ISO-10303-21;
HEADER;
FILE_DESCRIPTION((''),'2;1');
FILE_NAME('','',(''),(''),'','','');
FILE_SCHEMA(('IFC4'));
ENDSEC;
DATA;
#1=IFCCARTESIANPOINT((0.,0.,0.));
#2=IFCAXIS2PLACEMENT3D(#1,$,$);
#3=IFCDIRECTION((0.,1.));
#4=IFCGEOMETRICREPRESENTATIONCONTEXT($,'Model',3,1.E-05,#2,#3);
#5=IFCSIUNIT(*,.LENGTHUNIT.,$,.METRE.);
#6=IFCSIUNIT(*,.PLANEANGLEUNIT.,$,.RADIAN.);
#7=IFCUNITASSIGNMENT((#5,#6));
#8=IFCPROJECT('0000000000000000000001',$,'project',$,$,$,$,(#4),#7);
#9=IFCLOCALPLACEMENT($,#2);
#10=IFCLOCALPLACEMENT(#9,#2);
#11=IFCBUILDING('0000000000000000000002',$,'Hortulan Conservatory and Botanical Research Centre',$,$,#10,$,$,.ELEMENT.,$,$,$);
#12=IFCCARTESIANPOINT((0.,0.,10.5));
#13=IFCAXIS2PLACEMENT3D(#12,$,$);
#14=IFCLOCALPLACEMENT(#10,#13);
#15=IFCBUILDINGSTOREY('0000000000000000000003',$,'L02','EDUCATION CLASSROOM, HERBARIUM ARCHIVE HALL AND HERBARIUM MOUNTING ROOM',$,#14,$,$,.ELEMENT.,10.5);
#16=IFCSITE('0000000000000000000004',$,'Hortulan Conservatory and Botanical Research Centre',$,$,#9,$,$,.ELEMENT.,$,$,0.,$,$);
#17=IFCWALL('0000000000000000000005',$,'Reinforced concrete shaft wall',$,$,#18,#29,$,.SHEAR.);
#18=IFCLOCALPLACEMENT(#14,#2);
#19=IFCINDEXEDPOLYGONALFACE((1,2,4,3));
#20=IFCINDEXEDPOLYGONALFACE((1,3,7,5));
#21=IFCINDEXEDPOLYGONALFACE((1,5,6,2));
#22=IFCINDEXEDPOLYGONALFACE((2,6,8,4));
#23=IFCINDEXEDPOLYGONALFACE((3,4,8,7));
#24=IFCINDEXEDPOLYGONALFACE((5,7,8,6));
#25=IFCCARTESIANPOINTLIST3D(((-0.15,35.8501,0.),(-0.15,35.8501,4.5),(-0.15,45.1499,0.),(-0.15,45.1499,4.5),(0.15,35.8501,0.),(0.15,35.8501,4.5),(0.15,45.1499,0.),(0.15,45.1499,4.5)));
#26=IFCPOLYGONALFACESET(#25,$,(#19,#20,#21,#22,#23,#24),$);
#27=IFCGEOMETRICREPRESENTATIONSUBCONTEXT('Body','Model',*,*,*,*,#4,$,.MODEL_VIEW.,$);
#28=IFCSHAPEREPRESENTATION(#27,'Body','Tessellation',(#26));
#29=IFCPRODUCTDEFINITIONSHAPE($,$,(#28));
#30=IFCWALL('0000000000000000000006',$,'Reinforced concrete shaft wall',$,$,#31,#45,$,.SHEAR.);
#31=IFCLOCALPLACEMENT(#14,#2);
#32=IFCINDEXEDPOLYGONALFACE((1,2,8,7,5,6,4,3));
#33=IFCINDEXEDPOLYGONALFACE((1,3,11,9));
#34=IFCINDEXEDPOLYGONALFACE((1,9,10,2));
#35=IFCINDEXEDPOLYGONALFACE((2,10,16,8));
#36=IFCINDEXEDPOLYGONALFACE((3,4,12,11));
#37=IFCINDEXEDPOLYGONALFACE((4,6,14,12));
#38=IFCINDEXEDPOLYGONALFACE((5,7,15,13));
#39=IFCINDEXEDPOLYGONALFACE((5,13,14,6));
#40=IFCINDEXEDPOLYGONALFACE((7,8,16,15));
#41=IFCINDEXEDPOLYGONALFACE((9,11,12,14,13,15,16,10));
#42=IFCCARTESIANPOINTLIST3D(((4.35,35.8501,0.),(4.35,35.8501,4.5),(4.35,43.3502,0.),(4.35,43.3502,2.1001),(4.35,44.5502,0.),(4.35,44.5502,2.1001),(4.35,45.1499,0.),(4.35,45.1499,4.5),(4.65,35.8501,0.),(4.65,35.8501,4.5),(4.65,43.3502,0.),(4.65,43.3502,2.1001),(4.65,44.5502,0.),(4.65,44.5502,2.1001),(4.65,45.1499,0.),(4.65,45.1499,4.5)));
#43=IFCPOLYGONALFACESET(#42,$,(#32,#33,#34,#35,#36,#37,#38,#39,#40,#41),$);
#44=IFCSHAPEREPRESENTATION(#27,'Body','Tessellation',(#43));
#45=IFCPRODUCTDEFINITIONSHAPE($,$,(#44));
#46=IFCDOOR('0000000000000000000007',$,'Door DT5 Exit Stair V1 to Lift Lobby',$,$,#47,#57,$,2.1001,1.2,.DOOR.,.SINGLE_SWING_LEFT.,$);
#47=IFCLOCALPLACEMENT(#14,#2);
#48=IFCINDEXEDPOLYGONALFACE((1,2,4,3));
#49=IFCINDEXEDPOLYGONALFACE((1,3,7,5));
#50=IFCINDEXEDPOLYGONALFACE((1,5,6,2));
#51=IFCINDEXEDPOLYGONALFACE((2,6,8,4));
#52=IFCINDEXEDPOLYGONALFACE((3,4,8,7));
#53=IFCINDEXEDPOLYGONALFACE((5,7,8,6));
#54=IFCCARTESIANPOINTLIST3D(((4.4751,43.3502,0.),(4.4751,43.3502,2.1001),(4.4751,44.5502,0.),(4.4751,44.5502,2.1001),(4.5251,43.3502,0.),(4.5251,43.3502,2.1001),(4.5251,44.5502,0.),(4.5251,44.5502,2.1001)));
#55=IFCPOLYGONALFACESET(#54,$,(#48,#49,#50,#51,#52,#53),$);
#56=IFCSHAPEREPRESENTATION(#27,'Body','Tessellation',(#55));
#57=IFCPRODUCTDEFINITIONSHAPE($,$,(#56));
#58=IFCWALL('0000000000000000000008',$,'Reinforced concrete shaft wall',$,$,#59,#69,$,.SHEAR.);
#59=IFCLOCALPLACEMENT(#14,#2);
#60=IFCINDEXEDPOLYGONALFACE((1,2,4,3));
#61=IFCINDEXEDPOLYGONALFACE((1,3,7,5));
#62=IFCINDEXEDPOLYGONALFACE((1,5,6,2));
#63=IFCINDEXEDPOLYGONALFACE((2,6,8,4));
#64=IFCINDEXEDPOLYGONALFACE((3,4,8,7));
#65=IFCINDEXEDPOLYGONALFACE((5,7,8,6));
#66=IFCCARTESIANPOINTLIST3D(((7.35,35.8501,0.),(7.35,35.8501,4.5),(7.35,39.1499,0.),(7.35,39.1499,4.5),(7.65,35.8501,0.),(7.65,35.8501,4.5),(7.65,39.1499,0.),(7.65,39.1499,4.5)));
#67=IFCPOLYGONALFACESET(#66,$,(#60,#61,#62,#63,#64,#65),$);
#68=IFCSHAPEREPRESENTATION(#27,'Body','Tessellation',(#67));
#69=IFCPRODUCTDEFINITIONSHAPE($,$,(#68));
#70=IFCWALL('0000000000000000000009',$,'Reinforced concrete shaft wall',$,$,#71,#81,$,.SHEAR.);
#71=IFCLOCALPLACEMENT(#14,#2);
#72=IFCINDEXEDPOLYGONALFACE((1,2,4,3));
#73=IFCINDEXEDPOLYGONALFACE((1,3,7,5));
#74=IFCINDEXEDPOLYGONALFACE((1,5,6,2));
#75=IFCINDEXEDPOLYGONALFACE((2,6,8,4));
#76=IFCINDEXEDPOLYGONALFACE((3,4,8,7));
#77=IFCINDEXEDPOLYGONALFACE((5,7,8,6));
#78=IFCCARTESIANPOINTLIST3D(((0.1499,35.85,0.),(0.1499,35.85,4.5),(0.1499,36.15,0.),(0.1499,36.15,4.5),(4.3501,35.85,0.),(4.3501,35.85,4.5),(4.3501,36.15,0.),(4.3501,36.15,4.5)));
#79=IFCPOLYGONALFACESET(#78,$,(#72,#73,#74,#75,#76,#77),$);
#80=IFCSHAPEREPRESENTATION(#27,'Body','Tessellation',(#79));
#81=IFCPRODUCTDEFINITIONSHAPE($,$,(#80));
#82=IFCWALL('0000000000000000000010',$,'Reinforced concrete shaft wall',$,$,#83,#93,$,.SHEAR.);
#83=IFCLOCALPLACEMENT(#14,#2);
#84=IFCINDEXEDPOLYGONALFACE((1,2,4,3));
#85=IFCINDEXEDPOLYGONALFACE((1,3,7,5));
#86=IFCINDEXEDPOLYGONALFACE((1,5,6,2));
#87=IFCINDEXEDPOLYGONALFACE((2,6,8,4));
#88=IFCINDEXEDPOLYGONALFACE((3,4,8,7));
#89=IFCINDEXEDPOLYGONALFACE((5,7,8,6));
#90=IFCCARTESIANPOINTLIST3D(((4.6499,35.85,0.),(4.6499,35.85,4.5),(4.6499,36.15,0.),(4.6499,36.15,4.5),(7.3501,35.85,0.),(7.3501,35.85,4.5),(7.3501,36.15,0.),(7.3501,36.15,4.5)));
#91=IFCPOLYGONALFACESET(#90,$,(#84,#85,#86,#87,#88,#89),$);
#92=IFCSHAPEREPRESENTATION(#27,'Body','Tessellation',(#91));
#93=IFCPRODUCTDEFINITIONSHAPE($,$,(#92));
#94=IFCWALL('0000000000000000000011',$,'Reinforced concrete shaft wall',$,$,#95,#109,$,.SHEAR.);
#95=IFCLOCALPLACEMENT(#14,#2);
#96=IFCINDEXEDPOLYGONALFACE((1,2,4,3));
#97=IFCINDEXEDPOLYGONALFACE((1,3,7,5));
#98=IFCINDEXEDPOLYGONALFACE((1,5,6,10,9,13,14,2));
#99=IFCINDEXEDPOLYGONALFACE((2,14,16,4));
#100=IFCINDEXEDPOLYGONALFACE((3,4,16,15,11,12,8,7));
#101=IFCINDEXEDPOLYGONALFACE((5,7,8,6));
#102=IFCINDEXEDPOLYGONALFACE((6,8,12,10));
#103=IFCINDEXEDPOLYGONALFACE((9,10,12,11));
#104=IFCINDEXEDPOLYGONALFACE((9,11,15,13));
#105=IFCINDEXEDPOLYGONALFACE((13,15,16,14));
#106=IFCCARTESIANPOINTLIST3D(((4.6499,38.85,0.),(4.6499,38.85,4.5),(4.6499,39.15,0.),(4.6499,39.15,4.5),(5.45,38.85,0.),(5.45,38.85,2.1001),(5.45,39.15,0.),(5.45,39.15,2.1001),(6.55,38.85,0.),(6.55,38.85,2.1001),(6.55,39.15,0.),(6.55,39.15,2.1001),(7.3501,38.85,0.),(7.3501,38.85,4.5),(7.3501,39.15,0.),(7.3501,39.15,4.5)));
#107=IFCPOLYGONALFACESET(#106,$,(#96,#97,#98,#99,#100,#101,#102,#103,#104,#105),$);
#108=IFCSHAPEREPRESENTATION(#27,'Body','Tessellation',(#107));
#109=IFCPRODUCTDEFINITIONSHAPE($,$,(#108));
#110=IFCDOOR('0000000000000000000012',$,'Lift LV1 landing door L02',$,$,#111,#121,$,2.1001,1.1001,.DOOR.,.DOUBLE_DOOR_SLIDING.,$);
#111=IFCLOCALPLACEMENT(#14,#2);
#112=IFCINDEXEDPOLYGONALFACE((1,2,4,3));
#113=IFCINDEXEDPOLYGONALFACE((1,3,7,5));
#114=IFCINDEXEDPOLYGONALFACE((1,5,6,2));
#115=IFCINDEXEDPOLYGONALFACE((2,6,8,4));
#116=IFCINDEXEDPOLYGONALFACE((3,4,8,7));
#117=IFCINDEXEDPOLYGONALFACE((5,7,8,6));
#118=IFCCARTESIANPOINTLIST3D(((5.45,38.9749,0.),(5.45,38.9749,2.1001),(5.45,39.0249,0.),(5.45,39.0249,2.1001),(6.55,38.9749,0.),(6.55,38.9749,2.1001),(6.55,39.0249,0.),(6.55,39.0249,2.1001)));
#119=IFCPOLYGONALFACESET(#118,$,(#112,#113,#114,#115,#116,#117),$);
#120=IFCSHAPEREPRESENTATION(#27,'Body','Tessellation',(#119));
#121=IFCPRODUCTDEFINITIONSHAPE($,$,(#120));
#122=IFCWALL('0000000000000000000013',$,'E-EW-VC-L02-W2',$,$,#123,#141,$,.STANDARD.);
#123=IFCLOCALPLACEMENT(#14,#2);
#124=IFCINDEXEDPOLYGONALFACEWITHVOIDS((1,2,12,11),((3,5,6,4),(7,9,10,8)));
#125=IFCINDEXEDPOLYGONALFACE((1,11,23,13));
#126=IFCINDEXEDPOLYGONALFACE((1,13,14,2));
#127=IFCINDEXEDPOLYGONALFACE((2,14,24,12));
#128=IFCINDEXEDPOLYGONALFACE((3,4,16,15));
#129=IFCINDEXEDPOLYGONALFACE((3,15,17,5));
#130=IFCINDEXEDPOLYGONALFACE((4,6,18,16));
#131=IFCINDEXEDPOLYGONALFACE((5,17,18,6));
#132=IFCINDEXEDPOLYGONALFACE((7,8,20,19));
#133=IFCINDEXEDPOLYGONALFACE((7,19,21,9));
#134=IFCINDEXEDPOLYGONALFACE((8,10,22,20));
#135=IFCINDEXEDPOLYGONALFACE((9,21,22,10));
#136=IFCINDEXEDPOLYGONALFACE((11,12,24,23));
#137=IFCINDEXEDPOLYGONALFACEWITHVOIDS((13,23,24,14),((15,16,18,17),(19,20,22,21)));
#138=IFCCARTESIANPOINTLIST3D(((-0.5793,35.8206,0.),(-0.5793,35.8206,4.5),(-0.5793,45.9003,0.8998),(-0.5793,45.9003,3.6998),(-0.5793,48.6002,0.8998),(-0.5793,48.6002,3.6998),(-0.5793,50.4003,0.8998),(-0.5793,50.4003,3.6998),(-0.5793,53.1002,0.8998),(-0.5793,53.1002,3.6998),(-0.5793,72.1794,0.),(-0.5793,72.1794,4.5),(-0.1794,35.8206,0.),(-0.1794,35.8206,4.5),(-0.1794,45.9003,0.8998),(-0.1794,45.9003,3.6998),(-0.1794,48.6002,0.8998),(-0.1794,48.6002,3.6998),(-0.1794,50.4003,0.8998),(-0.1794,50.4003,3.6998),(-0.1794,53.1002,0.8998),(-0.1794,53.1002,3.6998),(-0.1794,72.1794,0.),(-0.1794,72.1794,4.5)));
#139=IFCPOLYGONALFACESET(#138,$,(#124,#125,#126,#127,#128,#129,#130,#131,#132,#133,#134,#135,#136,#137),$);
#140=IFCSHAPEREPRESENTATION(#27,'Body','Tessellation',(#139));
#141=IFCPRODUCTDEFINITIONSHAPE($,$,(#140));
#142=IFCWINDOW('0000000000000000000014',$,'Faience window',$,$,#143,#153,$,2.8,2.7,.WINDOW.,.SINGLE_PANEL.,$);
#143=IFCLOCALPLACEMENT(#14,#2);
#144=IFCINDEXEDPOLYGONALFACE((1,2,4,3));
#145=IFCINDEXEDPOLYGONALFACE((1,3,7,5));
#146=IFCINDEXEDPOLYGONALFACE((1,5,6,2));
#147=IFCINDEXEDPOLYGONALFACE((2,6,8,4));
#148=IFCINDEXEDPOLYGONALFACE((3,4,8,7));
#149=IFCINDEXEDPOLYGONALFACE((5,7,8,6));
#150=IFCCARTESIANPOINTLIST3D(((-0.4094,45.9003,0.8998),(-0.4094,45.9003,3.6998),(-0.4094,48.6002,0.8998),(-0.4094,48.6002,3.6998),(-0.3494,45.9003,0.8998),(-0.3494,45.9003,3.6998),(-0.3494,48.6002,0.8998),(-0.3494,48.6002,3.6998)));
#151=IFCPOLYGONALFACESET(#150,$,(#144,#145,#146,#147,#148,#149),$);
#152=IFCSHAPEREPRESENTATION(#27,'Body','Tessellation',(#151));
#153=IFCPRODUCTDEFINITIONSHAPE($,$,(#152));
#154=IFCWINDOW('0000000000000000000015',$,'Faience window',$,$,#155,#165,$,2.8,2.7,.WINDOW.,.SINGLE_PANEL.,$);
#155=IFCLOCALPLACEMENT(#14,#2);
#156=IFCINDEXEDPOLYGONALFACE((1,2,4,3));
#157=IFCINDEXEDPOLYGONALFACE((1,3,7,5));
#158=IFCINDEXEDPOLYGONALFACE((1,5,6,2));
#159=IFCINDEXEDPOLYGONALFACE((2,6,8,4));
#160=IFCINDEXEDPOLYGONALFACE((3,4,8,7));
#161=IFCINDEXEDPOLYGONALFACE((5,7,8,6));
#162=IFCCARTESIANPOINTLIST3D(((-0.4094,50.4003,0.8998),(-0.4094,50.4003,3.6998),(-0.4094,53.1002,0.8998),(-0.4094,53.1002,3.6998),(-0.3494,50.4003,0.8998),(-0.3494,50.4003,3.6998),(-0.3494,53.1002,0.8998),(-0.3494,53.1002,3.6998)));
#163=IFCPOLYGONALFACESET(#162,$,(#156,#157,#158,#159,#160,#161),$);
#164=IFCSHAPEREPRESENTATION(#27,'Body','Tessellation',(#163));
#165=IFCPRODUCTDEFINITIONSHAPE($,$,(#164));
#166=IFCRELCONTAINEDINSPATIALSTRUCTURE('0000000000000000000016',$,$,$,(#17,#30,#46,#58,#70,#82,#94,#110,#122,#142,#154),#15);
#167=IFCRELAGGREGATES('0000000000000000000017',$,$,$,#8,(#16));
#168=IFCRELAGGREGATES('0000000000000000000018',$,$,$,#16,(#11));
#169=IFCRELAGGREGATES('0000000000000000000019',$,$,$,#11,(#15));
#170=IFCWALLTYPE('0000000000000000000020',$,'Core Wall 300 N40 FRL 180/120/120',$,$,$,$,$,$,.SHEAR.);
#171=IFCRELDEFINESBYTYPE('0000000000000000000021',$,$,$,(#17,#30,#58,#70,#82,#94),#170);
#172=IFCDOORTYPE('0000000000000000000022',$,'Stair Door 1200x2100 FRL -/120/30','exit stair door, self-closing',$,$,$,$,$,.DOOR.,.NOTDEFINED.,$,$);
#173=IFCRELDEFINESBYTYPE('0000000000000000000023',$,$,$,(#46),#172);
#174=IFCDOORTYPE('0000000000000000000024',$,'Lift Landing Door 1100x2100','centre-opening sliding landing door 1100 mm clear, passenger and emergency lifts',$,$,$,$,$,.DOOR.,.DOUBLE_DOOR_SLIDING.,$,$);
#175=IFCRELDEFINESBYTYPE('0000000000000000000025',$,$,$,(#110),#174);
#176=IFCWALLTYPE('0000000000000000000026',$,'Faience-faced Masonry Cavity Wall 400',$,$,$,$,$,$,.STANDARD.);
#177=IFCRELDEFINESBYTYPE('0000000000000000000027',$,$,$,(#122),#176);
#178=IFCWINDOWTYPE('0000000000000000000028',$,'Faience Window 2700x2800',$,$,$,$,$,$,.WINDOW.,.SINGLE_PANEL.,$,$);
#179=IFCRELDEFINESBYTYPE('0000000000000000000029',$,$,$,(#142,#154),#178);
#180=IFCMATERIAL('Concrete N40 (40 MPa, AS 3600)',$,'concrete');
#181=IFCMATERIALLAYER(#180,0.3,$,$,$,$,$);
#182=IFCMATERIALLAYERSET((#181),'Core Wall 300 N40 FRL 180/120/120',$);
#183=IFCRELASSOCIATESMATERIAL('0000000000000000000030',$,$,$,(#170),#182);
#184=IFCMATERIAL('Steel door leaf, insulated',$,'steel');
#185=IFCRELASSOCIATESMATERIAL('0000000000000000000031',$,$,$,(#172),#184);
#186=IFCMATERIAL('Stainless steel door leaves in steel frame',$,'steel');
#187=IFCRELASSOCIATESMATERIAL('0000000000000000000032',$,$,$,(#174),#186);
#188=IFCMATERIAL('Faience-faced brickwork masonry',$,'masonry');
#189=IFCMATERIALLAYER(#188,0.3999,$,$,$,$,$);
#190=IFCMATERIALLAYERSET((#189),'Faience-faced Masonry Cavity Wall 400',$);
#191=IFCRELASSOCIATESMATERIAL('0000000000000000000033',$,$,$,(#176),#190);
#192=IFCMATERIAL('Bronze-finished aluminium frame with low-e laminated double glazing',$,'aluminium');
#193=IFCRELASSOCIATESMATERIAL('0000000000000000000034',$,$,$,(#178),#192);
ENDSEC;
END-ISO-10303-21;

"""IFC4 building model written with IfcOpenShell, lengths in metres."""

from ifc_helpers import new_model, si_unit, direction, frame, frame_2d, origin, place, context, subcontext, project, spatial, rectangle, extrude, material, layer, layer_set, type_object, element, fill, save


model = new_model("IFC4")

# Units and contexts
model_context = context("Model", 3, precision=1e-05, world=origin(), true_north=direction((0.0, 1.0)))
body_context = subcontext(model_context, "Body", "Model", "MODEL_VIEW")
ifc_project = project(units=[si_unit("LENGTHUNIT", "METRE"), si_unit("PLANEANGLEUNIT", "RADIAN")], contexts=[model_context])

# Site, building, storey
site_placement = place(None, origin())
site = spatial("IfcSite", under=ifc_project, at=site_placement, Name="Hortulan Conservatory and Botanical Research Centre", CompositionType="ELEMENT", RefElevation=0.0)
building_placement = place(site_placement, origin())
building = spatial("IfcBuilding", under=site, at=building_placement, Name="Hortulan Conservatory and Botanical Research Centre", CompositionType="ELEMENT")
storey_placement = place(building_placement, frame((0.0, 0.0, 10.5)))
storey = spatial("IfcBuildingStorey", under=building, at=storey_placement, Name="L02", Description="EDUCATION CLASSROOM, HERBARIUM ARCHIVE HALL AND HERBARIUM MOUNTING ROOM", CompositionType="ELEMENT", Elevation=10.5)

# Wall
ifc_material_1 = material(Name="Concrete N40 (40 MPa, AS 3600)", Category="concrete")
ifc_layer_1 = layer(ifc_material_1, 0.3)
ifc_layer_set_1 = layer_set([ifc_layer_1], Name="Core Wall 300 N40 FRL 180/120/120")
wall_type_1 = type_object("IfcWallType", Name="Core Wall 300 N40 FRL 180/120/120", PredefinedType="SHEAR", material=ifc_layer_set_1)
wall_1_placement = place(storey_placement, frame((0.0, 35.8501, 0.0), z_axis=(0.0, 0.0, 1.0), x_axis=(0.0, 1.0, 0.0)))
element("IfcWall", 1, at=wall_1_placement, inside=storey, type_object=wall_type_1, Name="Reinforced concrete shaft wall", PredefinedType="SHEAR", context=body_context, shape_type="SweptSolid", body=[
    extrude(rectangle(XDim=9.2998, YDim=0.3, at=frame_2d((4.6499, 0.0))), origin(), (0.0, 0.0, 1.0), 4.5),
])

# Wall, opening, door
wall_2_placement = place(storey_placement, frame((4.5, 35.8501, 0.0), z_axis=(0.0, 0.0, 1.0), x_axis=(0.0, 1.0, 0.0)))
wall_2 = element("IfcWall", 2, at=wall_2_placement, inside=storey, type_object=wall_type_1, Name="Reinforced concrete shaft wall", PredefinedType="SHEAR", context=body_context, shape_type="SweptSolid", body=[
    extrude(rectangle(XDim=9.2998, YDim=0.3, at=frame_2d((4.6499, 0.0))), origin(), (0.0, 0.0, 1.0), 4.5),
])
opening_1_placement = place(wall_2_placement, frame((7.5, 0.0, 0.0)))
opening_1 = element("IfcOpeningElement", 3, at=opening_1_placement, cuts=wall_2, PredefinedType="OPENING", context=body_context, shape_type="SweptSolid", body=[
    extrude(rectangle(XDim=1.2, YDim=2.1001, at=frame_2d((0.6001, 1.05))), frame((0.0, 0.1599, 0.0), z_axis=(0.0, -1.0, 0.0), x_axis=(1.0, 0.0, 0.0)), (0.0, 0.0, 1.0), 0.3201),
])
ifc_material_2 = material(Name="Steel door leaf, insulated", Category="steel")
door_type_1 = type_object("IfcDoorType", Name="Stair Door 1200x2100 FRL -/120/30", Description="exit stair door, self-closing", OperationType="NOTDEFINED", PredefinedType="DOOR", material=ifc_material_2)
door_1_placement = place(opening_1_placement, origin())
door_1 = element("IfcDoor", 4, at=door_1_placement, inside=storey, type_object=door_type_1, Name="Door DT5 Exit Stair V1 to Lift Lobby", OperationType="SINGLE_SWING_LEFT", OverallHeight=2.1001, OverallWidth=1.2, PredefinedType="DOOR", context=body_context, shape_type="SweptSolid", body=[
    extrude(rectangle(XDim=1.2, YDim=2.1001, at=frame_2d((0.6001, 1.05))), frame((0.0, 0.0249, 0.0), z_axis=(0.0, -1.0, 0.0), x_axis=(1.0, 0.0, 0.0)), (0.0, 0.0, 1.0), 0.05),
])
fill(opening_1, door_1)

# Walls
wall_3_placement = place(storey_placement, frame((7.5, 35.8501, 0.0), z_axis=(0.0, 0.0, 1.0), x_axis=(0.0, 1.0, 0.0)))
element("IfcWall", 5, at=wall_3_placement, inside=storey, type_object=wall_type_1, Name="Reinforced concrete shaft wall", PredefinedType="SHEAR", context=body_context, shape_type="SweptSolid", body=[
    extrude(rectangle(XDim=3.2998, YDim=0.3, at=frame_2d((1.6499, 0.0))), origin(), (0.0, 0.0, 1.0), 4.5),
])
wall_4_placement = place(storey_placement, frame((0.1499, 36.0, 0.0), z_axis=(0.0, 0.0, 1.0), x_axis=(1.0, 0.0, 0.0)))
element("IfcWall", 6, at=wall_4_placement, inside=storey, type_object=wall_type_1, Name="Reinforced concrete shaft wall", PredefinedType="SHEAR", context=body_context, shape_type="SweptSolid", body=[
    extrude(rectangle(XDim=4.2002, YDim=0.3, at=frame_2d((2.1001, 0.0))), origin(), (0.0, 0.0, 1.0), 4.5),
])
wall_5_placement = place(storey_placement, frame((4.6499, 36.0, 0.0), z_axis=(0.0, 0.0, 1.0), x_axis=(1.0, 0.0, 0.0)))
element("IfcWall", 7, at=wall_5_placement, inside=storey, type_object=wall_type_1, Name="Reinforced concrete shaft wall", PredefinedType="SHEAR", context=body_context, shape_type="SweptSolid", body=[
    extrude(rectangle(XDim=2.7002, YDim=0.3, at=frame_2d((1.3501, 0.0))), origin(), (0.0, 0.0, 1.0), 4.5),
])

# Wall, opening, door
wall_6_placement = place(storey_placement, frame((4.6499, 39.0, 0.0), z_axis=(0.0, 0.0, 1.0), x_axis=(1.0, 0.0, 0.0)))
wall_6 = element("IfcWall", 8, at=wall_6_placement, inside=storey, type_object=wall_type_1, Name="Reinforced concrete shaft wall", PredefinedType="SHEAR", context=body_context, shape_type="SweptSolid", body=[
    extrude(rectangle(XDim=2.7002, YDim=0.3, at=frame_2d((1.3501, 0.0))), origin(), (0.0, 0.0, 1.0), 4.5),
])
opening_2_placement = place(wall_6_placement, frame((0.8, 0.0, 0.0)))
opening_2 = element("IfcOpeningElement", 9, at=opening_2_placement, cuts=wall_6, PredefinedType="OPENING", context=body_context, shape_type="SweptSolid", body=[
    extrude(rectangle(XDim=1.1001, YDim=2.1001, at=frame_2d((0.55, 1.05))), frame((0.0, 0.1599, 0.0), z_axis=(0.0, -1.0, 0.0), x_axis=(1.0, 0.0, 0.0)), (0.0, 0.0, 1.0), 0.3201),
])
ifc_material_3 = material(Name="Stainless steel door leaves in steel frame", Category="steel")
door_type_2 = type_object("IfcDoorType", Name="Lift Landing Door 1100x2100", Description="centre-opening sliding landing door 1100 mm clear, passenger and emergency lifts", OperationType="DOUBLE_DOOR_SLIDING", PredefinedType="DOOR", material=ifc_material_3)
door_2_placement = place(opening_2_placement, origin())
door_2 = element("IfcDoor", 10, at=door_2_placement, inside=storey, type_object=door_type_2, Name="Lift LV1 landing door L02", OperationType="DOUBLE_DOOR_SLIDING", OverallHeight=2.1001, OverallWidth=1.1001, PredefinedType="DOOR", context=body_context, shape_type="SweptSolid", body=[
    extrude(rectangle(XDim=1.1001, YDim=2.1001, at=frame_2d((0.55, 1.05))), frame((0.0, 0.0249, 0.0), z_axis=(0.0, -1.0, 0.0), x_axis=(1.0, 0.0, 0.0)), (0.0, 0.0, 1.0), 0.05),
])
fill(opening_2, door_2)

# Wall, openings, windows
ifc_material_4 = material(Name="Faience-faced brickwork masonry", Category="masonry")
ifc_layer_2 = layer(ifc_material_4, 0.3999)
ifc_layer_set_2 = layer_set([ifc_layer_2], Name="Faience-faced Masonry Cavity Wall 400")
wall_type_2 = type_object("IfcWallType", Name="Faience-faced Masonry Cavity Wall 400", PredefinedType="STANDARD", material=ifc_layer_set_2)
wall_7_placement = place(storey_placement, frame((-0.3794, 35.8206, 0.0), z_axis=(0.0, 0.0, 1.0), x_axis=(0.0, 1.0, 0.0)))
wall_7 = element("IfcWall", 11, at=wall_7_placement, inside=storey, type_object=wall_type_2, Name="E-EW-VC-L02-W2", PredefinedType="STANDARD", context=body_context, shape_type="SweptSolid", body=[
    extrude(rectangle(XDim=36.3589, YDim=0.3999, at=frame_2d((18.1794, 0.0))), origin(), (0.0, 0.0, 1.0), 4.5),
])
opening_3_placement = place(wall_7_placement, frame((10.0796, 0.0, 0.8999)))
opening_3 = element("IfcOpeningElement", 12, at=opening_3_placement, cuts=wall_7, PredefinedType="OPENING", context=body_context, shape_type="SweptSolid", body=[
    extrude(rectangle(XDim=2.7, YDim=2.8, at=frame_2d((1.3501, 1.3999))), frame((0.0, 0.21, 0.0), z_axis=(0.0, -1.0, 0.0), x_axis=(1.0, 0.0, 0.0)), (0.0, 0.0, 1.0), 0.4199),
])
opening_4_placement = place(wall_7_placement, frame((14.5796, 0.0, 0.8999)))
opening_4 = element("IfcOpeningElement", 13, at=opening_4_placement, cuts=wall_7, PredefinedType="OPENING", context=body_context, shape_type="SweptSolid", body=[
    extrude(rectangle(XDim=2.7, YDim=2.8, at=frame_2d((1.3501, 1.3999))), frame((0.0, 0.21, 0.0), z_axis=(0.0, -1.0, 0.0), x_axis=(1.0, 0.0, 0.0)), (0.0, 0.0, 1.0), 0.4199),
])
ifc_material_5 = material(Name="Bronze-finished aluminium frame with low-e laminated double glazing", Category="aluminium")
window_type_1 = type_object("IfcWindowType", Name="Faience Window 2700x2800", PartitioningType="SINGLE_PANEL", PredefinedType="WINDOW", material=ifc_material_5)
window_1_placement = place(opening_3_placement, origin())
window_1 = element("IfcWindow", 14, at=window_1_placement, inside=storey, type_object=window_type_1, Name="Faience window", OverallHeight=2.8, OverallWidth=2.7, PartitioningType="SINGLE_PANEL", PredefinedType="WINDOW", context=body_context, shape_type="SweptSolid", body=[
    extrude(rectangle(XDim=2.7, YDim=2.8, at=frame_2d((1.3501, 1.3999))), frame((0.0, 0.03, 0.0), z_axis=(0.0, -1.0, 0.0), x_axis=(1.0, 0.0, 0.0)), (0.0, 0.0, 1.0), 0.0601),
])
fill(opening_3, window_1)
window_2_placement = place(opening_4_placement, origin())
window_2 = element("IfcWindow", 15, at=window_2_placement, inside=storey, type_object=window_type_1, Name="Faience window", OverallHeight=2.8, OverallWidth=2.7, PartitioningType="SINGLE_PANEL", PredefinedType="WINDOW", context=body_context, shape_type="SweptSolid", body=[
    extrude(rectangle(XDim=2.7, YDim=2.8, at=frame_2d((1.3501, 1.3999))), frame((0.0, 0.03, 0.0), z_axis=(0.0, -1.0, 0.0), x_axis=(1.0, 0.0, 0.0)), (0.0, 0.0, 1.0), 0.0601),
])
fill(opening_4, window_2)

save(model, "model.ifc")
